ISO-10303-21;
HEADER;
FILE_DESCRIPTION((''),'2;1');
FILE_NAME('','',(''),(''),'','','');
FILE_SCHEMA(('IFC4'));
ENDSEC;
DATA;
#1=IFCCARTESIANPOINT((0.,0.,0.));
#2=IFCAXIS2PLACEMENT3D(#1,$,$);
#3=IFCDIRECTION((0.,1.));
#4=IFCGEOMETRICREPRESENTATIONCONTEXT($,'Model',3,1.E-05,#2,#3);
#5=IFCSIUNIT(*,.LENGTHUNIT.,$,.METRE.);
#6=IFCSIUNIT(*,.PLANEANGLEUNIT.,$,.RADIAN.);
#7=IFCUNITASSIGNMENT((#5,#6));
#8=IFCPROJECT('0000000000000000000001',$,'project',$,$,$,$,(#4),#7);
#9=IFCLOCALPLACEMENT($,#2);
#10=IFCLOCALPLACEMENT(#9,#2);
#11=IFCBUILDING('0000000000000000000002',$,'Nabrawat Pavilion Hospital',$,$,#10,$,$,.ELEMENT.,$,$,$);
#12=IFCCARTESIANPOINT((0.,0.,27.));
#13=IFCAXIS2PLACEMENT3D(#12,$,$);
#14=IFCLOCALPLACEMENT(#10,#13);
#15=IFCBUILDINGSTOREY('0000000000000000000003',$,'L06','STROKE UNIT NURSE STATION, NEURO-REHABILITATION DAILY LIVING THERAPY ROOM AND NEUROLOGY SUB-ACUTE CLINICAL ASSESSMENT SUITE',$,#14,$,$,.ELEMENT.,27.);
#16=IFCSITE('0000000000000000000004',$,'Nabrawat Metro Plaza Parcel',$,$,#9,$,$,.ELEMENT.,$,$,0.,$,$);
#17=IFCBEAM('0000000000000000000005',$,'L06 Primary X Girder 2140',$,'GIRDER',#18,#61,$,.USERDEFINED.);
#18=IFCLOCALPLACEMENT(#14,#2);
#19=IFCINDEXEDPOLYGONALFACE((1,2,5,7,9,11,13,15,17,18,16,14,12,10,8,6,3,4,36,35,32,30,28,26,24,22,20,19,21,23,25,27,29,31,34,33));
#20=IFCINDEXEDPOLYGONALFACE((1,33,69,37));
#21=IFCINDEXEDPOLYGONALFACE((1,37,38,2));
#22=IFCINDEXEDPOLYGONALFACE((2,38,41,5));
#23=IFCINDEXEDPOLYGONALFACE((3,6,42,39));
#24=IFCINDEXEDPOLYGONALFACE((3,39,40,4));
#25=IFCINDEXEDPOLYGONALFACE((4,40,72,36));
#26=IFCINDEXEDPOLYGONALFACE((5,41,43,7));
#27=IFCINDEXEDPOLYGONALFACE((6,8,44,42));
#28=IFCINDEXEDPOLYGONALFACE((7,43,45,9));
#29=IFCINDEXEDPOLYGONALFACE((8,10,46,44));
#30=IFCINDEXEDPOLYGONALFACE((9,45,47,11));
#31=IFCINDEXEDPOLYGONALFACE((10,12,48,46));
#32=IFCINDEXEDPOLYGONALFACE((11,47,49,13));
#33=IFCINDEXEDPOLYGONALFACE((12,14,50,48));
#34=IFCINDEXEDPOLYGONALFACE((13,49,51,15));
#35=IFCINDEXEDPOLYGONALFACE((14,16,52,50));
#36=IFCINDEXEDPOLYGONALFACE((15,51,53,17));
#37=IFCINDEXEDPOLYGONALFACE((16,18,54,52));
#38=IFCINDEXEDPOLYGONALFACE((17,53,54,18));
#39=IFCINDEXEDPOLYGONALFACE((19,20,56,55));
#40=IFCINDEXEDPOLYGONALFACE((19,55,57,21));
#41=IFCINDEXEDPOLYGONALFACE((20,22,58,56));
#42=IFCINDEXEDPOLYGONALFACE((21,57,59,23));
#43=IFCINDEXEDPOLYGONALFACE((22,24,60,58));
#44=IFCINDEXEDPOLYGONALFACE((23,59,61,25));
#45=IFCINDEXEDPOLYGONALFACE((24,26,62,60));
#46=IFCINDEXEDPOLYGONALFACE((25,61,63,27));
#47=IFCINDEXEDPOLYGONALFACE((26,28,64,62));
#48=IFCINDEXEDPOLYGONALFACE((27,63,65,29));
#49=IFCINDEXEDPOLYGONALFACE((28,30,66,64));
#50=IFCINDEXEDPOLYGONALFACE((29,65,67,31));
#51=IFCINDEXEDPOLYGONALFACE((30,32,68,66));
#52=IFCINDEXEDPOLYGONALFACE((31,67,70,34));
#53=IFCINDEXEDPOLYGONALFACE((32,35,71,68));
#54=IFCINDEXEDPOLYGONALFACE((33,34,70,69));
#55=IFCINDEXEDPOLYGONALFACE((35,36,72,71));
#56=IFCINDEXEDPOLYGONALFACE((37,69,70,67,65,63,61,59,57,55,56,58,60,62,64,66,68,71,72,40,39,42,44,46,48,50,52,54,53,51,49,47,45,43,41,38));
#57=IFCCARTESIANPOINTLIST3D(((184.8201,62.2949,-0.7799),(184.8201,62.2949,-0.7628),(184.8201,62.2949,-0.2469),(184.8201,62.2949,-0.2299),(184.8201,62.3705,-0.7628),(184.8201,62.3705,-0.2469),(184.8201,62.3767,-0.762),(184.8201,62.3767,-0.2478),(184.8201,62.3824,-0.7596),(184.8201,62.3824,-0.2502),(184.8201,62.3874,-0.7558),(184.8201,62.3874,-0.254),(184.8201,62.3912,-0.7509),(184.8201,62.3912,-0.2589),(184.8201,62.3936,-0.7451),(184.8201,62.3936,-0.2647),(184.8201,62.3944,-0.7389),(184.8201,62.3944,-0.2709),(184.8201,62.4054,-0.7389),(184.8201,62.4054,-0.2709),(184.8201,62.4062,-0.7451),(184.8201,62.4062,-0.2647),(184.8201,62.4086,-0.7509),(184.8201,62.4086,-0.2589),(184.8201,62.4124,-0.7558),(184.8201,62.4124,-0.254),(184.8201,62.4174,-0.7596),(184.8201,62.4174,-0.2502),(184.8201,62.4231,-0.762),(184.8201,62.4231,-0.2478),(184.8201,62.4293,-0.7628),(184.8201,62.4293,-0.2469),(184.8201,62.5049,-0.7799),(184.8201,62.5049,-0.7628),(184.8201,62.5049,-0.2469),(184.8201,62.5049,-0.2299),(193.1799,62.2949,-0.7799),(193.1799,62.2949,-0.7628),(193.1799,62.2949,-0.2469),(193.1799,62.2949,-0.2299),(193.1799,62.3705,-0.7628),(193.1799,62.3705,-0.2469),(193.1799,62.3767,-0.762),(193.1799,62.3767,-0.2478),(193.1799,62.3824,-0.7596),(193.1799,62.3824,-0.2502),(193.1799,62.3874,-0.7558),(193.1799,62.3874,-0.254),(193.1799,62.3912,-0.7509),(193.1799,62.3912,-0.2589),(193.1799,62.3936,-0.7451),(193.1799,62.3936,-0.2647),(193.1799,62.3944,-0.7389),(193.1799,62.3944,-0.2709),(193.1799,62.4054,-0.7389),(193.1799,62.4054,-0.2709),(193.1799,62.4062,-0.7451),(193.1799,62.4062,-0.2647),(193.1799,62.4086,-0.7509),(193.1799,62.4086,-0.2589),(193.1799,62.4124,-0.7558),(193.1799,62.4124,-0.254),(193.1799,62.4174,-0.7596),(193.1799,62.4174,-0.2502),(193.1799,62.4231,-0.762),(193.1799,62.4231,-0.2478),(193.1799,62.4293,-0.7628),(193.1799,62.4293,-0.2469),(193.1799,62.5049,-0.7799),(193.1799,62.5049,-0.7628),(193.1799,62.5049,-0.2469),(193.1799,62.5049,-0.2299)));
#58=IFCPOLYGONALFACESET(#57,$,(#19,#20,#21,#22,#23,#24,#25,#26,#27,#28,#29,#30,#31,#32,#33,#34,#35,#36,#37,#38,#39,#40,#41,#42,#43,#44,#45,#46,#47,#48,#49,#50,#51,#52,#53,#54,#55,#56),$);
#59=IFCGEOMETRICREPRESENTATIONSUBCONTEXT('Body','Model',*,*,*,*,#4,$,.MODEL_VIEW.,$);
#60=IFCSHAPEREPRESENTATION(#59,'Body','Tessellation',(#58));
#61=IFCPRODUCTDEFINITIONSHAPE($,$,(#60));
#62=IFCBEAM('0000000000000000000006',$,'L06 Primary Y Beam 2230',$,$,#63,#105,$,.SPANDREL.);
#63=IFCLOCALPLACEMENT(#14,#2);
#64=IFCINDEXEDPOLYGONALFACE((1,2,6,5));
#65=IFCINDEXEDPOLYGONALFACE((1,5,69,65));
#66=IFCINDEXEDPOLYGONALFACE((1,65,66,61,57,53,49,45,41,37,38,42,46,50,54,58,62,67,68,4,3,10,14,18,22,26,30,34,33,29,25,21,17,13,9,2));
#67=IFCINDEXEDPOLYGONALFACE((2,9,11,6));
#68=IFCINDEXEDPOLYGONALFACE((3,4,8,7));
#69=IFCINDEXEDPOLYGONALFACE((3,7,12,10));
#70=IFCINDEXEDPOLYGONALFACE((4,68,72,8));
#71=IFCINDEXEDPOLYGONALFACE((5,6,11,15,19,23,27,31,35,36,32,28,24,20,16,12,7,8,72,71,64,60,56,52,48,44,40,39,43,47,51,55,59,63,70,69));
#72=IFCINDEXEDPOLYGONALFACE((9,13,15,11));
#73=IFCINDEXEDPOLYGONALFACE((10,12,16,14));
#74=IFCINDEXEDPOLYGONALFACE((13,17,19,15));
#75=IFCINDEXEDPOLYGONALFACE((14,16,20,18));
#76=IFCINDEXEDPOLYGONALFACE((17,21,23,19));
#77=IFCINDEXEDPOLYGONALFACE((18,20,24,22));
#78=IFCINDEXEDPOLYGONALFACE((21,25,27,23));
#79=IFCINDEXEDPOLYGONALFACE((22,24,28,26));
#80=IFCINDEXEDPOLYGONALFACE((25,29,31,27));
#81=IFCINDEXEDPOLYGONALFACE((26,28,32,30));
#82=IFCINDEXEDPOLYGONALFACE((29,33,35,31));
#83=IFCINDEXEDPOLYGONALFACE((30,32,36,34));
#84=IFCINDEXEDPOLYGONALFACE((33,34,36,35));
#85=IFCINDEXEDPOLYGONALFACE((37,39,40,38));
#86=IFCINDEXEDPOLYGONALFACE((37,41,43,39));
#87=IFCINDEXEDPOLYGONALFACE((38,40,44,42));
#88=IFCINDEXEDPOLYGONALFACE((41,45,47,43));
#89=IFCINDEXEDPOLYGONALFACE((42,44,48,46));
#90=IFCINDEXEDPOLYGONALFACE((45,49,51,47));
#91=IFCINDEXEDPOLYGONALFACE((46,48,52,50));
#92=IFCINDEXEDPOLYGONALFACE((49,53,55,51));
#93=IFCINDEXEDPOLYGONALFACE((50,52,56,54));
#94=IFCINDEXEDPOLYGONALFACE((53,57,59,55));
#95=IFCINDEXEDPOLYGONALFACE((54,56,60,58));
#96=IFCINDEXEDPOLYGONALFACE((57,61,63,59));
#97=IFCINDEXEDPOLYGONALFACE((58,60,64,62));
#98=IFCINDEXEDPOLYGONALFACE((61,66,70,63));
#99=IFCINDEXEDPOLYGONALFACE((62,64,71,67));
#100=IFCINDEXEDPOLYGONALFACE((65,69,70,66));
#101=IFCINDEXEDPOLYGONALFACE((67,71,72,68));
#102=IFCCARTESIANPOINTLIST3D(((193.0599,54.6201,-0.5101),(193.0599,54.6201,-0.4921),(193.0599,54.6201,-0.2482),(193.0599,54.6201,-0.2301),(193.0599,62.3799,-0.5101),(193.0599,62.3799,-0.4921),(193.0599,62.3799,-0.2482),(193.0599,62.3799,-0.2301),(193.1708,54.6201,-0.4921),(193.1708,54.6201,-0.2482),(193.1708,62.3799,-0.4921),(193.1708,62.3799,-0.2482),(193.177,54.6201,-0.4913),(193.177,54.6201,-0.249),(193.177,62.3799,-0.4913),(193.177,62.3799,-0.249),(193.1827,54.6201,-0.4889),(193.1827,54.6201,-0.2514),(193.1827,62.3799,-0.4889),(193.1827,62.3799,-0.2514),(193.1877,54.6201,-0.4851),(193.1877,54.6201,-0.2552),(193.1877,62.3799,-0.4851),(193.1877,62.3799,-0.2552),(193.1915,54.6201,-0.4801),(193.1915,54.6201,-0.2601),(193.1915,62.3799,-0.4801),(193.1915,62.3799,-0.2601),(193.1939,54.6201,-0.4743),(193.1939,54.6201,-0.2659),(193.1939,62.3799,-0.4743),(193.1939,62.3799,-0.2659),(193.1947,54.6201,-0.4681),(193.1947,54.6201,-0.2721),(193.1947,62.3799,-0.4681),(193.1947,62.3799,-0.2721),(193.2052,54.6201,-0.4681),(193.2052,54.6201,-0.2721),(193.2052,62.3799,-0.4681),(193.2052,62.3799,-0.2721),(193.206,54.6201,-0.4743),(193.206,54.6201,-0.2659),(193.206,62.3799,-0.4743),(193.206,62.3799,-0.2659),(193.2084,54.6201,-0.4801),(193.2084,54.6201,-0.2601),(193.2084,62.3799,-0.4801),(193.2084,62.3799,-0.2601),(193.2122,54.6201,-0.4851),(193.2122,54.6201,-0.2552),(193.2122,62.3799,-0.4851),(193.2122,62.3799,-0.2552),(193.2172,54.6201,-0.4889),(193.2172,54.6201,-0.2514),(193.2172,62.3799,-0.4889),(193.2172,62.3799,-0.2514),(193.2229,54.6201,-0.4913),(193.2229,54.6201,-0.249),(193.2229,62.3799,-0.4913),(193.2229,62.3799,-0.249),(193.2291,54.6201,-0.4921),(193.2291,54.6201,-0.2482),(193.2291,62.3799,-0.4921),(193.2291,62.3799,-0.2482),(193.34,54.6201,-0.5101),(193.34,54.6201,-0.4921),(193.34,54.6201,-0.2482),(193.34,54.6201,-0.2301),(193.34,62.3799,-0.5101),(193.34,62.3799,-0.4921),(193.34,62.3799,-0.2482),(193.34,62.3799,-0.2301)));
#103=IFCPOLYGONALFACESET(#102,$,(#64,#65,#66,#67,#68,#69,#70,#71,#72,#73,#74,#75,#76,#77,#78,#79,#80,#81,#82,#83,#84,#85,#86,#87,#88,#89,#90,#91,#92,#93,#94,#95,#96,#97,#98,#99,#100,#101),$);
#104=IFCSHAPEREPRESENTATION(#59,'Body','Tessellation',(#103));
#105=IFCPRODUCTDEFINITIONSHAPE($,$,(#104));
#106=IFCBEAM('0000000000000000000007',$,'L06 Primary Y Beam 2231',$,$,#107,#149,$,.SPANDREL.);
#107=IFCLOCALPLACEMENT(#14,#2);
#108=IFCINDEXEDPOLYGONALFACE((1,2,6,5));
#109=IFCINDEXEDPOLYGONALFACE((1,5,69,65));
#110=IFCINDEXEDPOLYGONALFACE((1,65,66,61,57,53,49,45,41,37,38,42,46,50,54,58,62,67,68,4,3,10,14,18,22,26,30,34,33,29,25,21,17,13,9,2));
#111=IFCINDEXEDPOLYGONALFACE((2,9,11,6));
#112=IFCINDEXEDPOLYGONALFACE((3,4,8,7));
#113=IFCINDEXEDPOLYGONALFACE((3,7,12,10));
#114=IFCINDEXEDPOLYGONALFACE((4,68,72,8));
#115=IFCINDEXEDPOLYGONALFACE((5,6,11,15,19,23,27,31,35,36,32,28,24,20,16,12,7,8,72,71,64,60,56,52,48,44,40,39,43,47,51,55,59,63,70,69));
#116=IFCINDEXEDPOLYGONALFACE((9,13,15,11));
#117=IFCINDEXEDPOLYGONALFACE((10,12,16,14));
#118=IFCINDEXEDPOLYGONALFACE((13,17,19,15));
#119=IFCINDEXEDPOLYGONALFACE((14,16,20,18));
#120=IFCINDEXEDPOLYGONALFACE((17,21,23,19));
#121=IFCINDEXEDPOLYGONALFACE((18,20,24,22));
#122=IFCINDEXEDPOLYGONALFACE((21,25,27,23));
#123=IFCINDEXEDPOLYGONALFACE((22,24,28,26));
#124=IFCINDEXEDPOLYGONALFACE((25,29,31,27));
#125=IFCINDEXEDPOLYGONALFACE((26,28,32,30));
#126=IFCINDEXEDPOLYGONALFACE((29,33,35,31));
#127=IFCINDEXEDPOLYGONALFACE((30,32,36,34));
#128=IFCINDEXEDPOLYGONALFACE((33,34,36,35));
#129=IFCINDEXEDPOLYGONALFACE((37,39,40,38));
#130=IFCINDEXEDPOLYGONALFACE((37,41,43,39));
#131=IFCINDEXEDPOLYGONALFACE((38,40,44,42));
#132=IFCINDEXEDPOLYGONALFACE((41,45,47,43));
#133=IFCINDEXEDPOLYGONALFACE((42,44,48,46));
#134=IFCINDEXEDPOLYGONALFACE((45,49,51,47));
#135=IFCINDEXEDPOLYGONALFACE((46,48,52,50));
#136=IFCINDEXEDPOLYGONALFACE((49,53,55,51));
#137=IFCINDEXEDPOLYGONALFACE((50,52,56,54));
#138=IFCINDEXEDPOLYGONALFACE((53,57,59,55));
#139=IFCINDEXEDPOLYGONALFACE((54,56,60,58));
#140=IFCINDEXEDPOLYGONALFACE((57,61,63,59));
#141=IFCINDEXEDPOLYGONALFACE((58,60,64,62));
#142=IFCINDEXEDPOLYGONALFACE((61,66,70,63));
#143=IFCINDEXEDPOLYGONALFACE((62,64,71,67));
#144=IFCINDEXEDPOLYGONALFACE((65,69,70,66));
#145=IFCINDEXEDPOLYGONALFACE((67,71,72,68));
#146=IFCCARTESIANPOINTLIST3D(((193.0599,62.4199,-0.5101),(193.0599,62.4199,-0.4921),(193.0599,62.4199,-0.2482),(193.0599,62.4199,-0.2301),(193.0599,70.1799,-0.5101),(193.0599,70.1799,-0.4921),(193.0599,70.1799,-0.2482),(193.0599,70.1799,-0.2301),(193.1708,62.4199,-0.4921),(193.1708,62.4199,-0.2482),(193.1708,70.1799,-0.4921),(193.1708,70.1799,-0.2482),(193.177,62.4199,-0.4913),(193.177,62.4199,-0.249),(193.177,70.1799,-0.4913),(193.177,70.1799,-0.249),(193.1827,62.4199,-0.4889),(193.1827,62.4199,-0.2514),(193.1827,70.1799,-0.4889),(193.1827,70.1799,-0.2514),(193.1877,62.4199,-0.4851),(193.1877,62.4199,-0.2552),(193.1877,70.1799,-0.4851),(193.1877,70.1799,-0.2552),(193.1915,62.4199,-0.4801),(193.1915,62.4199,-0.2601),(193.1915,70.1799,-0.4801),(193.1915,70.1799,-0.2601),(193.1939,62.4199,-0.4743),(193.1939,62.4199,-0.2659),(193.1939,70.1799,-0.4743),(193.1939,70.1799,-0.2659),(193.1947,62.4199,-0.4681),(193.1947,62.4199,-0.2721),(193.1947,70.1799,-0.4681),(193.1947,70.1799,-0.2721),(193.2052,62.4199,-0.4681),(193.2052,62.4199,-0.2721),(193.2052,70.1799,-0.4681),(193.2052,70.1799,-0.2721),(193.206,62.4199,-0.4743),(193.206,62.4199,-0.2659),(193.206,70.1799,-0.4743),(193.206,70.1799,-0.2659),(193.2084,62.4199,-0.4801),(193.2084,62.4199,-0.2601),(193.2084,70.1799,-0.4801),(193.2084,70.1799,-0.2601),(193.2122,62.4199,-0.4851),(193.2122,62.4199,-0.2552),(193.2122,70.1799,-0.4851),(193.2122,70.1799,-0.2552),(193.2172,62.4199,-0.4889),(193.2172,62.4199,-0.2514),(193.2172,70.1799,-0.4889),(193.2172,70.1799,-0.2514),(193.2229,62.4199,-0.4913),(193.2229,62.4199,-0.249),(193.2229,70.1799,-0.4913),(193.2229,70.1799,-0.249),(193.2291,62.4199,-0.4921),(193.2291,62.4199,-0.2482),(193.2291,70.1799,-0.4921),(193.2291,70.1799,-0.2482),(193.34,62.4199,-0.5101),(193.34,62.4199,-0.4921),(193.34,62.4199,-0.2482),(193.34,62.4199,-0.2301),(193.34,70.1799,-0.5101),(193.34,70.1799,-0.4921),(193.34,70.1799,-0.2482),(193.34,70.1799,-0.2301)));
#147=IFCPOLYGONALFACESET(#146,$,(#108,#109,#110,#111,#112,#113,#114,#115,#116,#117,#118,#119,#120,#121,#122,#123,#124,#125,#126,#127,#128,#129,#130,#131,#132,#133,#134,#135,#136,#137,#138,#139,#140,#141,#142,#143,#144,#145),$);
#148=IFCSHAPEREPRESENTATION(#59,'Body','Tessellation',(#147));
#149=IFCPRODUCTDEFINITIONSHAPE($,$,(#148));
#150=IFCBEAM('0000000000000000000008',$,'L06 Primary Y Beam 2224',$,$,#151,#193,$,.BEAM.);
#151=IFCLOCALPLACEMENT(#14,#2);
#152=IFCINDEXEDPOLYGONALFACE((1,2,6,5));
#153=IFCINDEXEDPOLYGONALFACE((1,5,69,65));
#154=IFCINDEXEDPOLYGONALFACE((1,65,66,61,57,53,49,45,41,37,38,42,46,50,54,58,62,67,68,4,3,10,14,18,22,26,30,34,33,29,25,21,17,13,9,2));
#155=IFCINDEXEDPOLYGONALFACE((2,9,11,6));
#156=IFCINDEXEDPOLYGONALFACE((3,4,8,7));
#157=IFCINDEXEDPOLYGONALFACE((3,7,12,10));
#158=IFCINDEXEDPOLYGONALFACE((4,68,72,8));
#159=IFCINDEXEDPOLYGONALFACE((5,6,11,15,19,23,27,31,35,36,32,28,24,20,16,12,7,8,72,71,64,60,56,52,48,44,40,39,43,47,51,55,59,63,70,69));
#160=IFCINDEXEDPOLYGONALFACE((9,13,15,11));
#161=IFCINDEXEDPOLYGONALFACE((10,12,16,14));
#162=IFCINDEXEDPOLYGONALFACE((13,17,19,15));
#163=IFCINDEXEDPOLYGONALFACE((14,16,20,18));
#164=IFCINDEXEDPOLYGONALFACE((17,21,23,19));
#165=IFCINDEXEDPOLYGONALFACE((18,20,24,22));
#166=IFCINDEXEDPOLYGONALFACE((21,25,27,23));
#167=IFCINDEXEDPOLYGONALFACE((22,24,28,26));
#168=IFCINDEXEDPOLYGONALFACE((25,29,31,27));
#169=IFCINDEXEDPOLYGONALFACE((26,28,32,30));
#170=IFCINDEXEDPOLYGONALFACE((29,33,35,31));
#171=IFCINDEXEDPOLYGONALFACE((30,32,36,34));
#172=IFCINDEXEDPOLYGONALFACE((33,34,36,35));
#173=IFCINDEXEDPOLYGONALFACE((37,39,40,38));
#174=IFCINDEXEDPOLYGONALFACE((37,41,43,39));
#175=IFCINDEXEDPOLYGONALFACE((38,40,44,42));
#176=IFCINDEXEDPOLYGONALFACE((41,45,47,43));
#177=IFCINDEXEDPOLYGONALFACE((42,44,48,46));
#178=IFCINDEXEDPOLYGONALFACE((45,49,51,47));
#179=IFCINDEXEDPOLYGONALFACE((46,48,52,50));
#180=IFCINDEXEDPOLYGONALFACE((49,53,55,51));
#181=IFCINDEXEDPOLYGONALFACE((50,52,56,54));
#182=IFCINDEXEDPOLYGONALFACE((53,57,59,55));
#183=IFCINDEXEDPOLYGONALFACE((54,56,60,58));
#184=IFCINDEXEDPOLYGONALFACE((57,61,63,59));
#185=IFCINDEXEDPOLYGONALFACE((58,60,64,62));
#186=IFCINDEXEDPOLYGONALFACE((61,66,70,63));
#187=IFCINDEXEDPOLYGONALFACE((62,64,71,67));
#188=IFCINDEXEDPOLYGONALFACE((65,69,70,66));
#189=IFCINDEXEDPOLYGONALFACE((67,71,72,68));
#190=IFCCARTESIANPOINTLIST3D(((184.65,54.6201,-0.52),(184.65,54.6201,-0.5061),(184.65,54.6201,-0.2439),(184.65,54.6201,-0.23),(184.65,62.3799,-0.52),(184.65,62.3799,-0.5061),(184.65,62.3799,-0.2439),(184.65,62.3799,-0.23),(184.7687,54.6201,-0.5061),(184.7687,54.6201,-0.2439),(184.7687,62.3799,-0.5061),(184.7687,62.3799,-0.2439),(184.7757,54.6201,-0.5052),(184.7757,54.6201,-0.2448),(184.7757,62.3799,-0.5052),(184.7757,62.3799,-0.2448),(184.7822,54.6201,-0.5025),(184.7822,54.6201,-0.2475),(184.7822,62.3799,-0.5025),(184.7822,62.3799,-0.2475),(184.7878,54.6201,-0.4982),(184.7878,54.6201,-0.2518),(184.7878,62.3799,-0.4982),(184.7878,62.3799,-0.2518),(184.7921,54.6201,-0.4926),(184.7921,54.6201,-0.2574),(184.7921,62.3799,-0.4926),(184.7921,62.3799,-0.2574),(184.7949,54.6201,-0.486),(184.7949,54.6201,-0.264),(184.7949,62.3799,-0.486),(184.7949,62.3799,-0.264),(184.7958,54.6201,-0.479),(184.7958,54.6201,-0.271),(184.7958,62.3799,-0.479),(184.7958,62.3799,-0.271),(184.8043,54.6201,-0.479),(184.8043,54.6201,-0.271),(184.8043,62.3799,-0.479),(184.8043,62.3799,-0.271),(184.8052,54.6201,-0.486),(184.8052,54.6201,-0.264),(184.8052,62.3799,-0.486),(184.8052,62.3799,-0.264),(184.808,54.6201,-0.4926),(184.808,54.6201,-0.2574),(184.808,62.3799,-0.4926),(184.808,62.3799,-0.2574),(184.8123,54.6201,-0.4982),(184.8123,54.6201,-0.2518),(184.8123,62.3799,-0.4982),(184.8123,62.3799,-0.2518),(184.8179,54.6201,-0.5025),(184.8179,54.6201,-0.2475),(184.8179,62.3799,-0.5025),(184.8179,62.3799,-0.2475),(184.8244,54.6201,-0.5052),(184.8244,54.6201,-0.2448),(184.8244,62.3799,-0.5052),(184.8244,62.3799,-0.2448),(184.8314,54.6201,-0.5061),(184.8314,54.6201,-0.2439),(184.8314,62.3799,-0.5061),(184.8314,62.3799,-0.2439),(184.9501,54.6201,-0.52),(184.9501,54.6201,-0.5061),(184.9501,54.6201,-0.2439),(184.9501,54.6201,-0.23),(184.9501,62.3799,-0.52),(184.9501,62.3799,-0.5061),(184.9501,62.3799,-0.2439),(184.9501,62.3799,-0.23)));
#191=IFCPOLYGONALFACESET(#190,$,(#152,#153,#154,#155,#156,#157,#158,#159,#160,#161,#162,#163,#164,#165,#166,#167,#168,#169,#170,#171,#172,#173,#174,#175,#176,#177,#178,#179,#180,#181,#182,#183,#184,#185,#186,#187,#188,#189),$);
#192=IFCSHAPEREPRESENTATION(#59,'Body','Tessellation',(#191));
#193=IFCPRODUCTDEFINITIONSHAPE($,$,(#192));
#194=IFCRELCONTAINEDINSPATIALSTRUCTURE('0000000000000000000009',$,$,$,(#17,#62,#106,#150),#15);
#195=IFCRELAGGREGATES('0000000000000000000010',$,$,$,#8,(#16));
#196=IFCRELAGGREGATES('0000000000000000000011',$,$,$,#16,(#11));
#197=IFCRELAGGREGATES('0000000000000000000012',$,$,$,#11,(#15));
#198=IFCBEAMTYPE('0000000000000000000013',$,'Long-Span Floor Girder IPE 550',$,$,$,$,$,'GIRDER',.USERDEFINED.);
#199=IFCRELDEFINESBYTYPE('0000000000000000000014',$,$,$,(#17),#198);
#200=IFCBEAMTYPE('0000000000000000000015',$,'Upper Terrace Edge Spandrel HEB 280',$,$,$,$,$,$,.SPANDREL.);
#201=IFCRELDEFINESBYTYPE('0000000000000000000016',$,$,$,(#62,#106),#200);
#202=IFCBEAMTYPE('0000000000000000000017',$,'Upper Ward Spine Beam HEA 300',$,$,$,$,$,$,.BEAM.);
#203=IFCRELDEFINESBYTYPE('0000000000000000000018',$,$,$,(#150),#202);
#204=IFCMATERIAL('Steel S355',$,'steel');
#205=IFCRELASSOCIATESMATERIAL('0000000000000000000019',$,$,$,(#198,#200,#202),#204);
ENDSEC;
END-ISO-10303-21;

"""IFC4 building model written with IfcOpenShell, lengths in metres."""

from ifc_helpers import new_model, si_unit, direction, frame, origin, origin_2d, place, context, subcontext, project, spatial, i_section, extrude, material, material_profile, profile_set, type_object, element, save


model = new_model("IFC4")

# Units and contexts
model_context = context("Model", 3, precision=1e-05, world=origin(), true_north=direction((0.0, 1.0)))
body_context = subcontext(model_context, "Body", "Model", "MODEL_VIEW")
ifc_project = project(units=[si_unit("LENGTHUNIT", "METRE"), si_unit("PLANEANGLEUNIT", "RADIAN")], contexts=[model_context])

# Site, building, storey
site_placement = place(None, origin())
site = spatial("IfcSite", under=ifc_project, at=site_placement, Name="Nabrawat Metro Plaza Parcel", CompositionType="ELEMENT", RefElevation=0.0)
building_placement = place(site_placement, origin())
building = spatial("IfcBuilding", under=site, at=building_placement, Name="Nabrawat Pavilion Hospital", CompositionType="ELEMENT")
storey_placement = place(building_placement, frame((0.0, 0.0, 27.0)))
storey = spatial("IfcBuildingStorey", under=building, at=storey_placement, Name="L06", Description="STROKE UNIT NURSE STATION, NEURO-REHABILITATION DAILY LIVING THERAPY ROOM AND NEUROLOGY SUB-ACUTE CLINICAL ASSESSMENT SUITE", CompositionType="ELEMENT", Elevation=27.0)

# Shared definitions
ifc_material_1 = material(Name="Steel S355", Category="steel")

# Beams
ifc_material_profile_1 = material_profile(ifc_material_1, i_section(OverallWidth=0.21, OverallDepth=0.55, WebThickness=0.011, FlangeThickness=0.0171, FilletRadius=0.0239, at=origin_2d()), Name="IPE 550")
ifc_profile_set_1 = profile_set([ifc_material_profile_1], Name="Steel S355")
beam_type_1 = type_object("IfcBeamType", Name="Long-Span Floor Girder IPE 550", ElementType="GIRDER", PredefinedType="USERDEFINED", material=ifc_profile_set_1)
for number, where, z_axis, x_axis, name in (
    (1, (184.8201, 62.3999, -0.5049), (1.0, 0.0, 0.0), (0.0, 1.0, 0.0), "L06 Primary X Girder 2140"),
):
    element("IfcBeam", number, at=place(storey_placement, frame(where, z_axis=z_axis, x_axis=x_axis)), inside=storey, type_object=beam_type_1, Name=name, ObjectType="GIRDER", PredefinedType="USERDEFINED", context=body_context, shape_type="SweptSolid", body=[
        extrude(i_section(OverallWidth=0.21, OverallDepth=0.55, WebThickness=0.011, FlangeThickness=0.0171, FilletRadius=0.0239, at=origin_2d()), origin(), (0.0, 0.0, 1.0), 8.3599),
    ])
ifc_material_profile_2 = material_profile(ifc_material_1, i_section(OverallWidth=0.28, OverallDepth=0.28, WebThickness=0.0105, FlangeThickness=0.0181, FilletRadius=0.0239, at=origin_2d()), Name="HEB 280")
ifc_profile_set_2 = profile_set([ifc_material_profile_2], Name="Steel S355")
beam_type_2 = type_object("IfcBeamType", Name="Upper Terrace Edge Spandrel HEB 280", PredefinedType="SPANDREL", material=ifc_profile_set_2)
beam_1_placement = place(storey_placement, frame((193.2, 54.6201, -0.3701), z_axis=(0.0, 1.0, 0.0), x_axis=(-1.0, 0.0, 0.0)))
element("IfcBeam", 2, at=beam_1_placement, inside=storey, type_object=beam_type_2, Name="L06 Primary Y Beam 2230", PredefinedType="SPANDREL", context=body_context, shape_type="SweptSolid", body=[
    extrude(i_section(OverallWidth=0.28, OverallDepth=0.28, WebThickness=0.0105, FlangeThickness=0.0181, FilletRadius=0.0239, at=origin_2d()), origin(), (0.0, 0.0, 1.0), 7.7598),
])
beam_2_placement = place(storey_placement, frame((193.2, 62.4199, -0.3701), z_axis=(0.0, 1.0, 0.0), x_axis=(-1.0, 0.0, 0.0)))
element("IfcBeam", 3, at=beam_2_placement, inside=storey, type_object=beam_type_2, Name="L06 Primary Y Beam 2231", PredefinedType="SPANDREL", context=body_context, shape_type="SweptSolid", body=[
    extrude(i_section(OverallWidth=0.28, OverallDepth=0.28, WebThickness=0.0105, FlangeThickness=0.0181, FilletRadius=0.0239, at=origin_2d()), origin(), (0.0, 0.0, 1.0), 7.76),
])
ifc_material_profile_3 = material_profile(ifc_material_1, i_section(OverallWidth=0.3, OverallDepth=0.29, WebThickness=0.0085, FlangeThickness=0.0139, FilletRadius=0.0271, at=origin_2d()), Name="HEA 300")
ifc_profile_set_3 = profile_set([ifc_material_profile_3], Name="Steel S355")
beam_type_3 = type_object("IfcBeamType", Name="Upper Ward Spine Beam HEA 300", PredefinedType="BEAM", material=ifc_profile_set_3)
beam_3_placement = place(storey_placement, frame((184.8, 54.6201, -0.375), z_axis=(0.0, 1.0, 0.0), x_axis=(-1.0, 0.0, 0.0)))
element("IfcBeam", 4, at=beam_3_placement, inside=storey, type_object=beam_type_3, Name="L06 Primary Y Beam 2224", PredefinedType="BEAM", context=body_context, shape_type="SweptSolid", body=[
    extrude(i_section(OverallWidth=0.3, OverallDepth=0.29, WebThickness=0.0085, FlangeThickness=0.0139, FilletRadius=0.0271, at=origin_2d()), origin(), (0.0, 0.0, 1.0), 7.7598),
])

save(model, "model.ifc")
